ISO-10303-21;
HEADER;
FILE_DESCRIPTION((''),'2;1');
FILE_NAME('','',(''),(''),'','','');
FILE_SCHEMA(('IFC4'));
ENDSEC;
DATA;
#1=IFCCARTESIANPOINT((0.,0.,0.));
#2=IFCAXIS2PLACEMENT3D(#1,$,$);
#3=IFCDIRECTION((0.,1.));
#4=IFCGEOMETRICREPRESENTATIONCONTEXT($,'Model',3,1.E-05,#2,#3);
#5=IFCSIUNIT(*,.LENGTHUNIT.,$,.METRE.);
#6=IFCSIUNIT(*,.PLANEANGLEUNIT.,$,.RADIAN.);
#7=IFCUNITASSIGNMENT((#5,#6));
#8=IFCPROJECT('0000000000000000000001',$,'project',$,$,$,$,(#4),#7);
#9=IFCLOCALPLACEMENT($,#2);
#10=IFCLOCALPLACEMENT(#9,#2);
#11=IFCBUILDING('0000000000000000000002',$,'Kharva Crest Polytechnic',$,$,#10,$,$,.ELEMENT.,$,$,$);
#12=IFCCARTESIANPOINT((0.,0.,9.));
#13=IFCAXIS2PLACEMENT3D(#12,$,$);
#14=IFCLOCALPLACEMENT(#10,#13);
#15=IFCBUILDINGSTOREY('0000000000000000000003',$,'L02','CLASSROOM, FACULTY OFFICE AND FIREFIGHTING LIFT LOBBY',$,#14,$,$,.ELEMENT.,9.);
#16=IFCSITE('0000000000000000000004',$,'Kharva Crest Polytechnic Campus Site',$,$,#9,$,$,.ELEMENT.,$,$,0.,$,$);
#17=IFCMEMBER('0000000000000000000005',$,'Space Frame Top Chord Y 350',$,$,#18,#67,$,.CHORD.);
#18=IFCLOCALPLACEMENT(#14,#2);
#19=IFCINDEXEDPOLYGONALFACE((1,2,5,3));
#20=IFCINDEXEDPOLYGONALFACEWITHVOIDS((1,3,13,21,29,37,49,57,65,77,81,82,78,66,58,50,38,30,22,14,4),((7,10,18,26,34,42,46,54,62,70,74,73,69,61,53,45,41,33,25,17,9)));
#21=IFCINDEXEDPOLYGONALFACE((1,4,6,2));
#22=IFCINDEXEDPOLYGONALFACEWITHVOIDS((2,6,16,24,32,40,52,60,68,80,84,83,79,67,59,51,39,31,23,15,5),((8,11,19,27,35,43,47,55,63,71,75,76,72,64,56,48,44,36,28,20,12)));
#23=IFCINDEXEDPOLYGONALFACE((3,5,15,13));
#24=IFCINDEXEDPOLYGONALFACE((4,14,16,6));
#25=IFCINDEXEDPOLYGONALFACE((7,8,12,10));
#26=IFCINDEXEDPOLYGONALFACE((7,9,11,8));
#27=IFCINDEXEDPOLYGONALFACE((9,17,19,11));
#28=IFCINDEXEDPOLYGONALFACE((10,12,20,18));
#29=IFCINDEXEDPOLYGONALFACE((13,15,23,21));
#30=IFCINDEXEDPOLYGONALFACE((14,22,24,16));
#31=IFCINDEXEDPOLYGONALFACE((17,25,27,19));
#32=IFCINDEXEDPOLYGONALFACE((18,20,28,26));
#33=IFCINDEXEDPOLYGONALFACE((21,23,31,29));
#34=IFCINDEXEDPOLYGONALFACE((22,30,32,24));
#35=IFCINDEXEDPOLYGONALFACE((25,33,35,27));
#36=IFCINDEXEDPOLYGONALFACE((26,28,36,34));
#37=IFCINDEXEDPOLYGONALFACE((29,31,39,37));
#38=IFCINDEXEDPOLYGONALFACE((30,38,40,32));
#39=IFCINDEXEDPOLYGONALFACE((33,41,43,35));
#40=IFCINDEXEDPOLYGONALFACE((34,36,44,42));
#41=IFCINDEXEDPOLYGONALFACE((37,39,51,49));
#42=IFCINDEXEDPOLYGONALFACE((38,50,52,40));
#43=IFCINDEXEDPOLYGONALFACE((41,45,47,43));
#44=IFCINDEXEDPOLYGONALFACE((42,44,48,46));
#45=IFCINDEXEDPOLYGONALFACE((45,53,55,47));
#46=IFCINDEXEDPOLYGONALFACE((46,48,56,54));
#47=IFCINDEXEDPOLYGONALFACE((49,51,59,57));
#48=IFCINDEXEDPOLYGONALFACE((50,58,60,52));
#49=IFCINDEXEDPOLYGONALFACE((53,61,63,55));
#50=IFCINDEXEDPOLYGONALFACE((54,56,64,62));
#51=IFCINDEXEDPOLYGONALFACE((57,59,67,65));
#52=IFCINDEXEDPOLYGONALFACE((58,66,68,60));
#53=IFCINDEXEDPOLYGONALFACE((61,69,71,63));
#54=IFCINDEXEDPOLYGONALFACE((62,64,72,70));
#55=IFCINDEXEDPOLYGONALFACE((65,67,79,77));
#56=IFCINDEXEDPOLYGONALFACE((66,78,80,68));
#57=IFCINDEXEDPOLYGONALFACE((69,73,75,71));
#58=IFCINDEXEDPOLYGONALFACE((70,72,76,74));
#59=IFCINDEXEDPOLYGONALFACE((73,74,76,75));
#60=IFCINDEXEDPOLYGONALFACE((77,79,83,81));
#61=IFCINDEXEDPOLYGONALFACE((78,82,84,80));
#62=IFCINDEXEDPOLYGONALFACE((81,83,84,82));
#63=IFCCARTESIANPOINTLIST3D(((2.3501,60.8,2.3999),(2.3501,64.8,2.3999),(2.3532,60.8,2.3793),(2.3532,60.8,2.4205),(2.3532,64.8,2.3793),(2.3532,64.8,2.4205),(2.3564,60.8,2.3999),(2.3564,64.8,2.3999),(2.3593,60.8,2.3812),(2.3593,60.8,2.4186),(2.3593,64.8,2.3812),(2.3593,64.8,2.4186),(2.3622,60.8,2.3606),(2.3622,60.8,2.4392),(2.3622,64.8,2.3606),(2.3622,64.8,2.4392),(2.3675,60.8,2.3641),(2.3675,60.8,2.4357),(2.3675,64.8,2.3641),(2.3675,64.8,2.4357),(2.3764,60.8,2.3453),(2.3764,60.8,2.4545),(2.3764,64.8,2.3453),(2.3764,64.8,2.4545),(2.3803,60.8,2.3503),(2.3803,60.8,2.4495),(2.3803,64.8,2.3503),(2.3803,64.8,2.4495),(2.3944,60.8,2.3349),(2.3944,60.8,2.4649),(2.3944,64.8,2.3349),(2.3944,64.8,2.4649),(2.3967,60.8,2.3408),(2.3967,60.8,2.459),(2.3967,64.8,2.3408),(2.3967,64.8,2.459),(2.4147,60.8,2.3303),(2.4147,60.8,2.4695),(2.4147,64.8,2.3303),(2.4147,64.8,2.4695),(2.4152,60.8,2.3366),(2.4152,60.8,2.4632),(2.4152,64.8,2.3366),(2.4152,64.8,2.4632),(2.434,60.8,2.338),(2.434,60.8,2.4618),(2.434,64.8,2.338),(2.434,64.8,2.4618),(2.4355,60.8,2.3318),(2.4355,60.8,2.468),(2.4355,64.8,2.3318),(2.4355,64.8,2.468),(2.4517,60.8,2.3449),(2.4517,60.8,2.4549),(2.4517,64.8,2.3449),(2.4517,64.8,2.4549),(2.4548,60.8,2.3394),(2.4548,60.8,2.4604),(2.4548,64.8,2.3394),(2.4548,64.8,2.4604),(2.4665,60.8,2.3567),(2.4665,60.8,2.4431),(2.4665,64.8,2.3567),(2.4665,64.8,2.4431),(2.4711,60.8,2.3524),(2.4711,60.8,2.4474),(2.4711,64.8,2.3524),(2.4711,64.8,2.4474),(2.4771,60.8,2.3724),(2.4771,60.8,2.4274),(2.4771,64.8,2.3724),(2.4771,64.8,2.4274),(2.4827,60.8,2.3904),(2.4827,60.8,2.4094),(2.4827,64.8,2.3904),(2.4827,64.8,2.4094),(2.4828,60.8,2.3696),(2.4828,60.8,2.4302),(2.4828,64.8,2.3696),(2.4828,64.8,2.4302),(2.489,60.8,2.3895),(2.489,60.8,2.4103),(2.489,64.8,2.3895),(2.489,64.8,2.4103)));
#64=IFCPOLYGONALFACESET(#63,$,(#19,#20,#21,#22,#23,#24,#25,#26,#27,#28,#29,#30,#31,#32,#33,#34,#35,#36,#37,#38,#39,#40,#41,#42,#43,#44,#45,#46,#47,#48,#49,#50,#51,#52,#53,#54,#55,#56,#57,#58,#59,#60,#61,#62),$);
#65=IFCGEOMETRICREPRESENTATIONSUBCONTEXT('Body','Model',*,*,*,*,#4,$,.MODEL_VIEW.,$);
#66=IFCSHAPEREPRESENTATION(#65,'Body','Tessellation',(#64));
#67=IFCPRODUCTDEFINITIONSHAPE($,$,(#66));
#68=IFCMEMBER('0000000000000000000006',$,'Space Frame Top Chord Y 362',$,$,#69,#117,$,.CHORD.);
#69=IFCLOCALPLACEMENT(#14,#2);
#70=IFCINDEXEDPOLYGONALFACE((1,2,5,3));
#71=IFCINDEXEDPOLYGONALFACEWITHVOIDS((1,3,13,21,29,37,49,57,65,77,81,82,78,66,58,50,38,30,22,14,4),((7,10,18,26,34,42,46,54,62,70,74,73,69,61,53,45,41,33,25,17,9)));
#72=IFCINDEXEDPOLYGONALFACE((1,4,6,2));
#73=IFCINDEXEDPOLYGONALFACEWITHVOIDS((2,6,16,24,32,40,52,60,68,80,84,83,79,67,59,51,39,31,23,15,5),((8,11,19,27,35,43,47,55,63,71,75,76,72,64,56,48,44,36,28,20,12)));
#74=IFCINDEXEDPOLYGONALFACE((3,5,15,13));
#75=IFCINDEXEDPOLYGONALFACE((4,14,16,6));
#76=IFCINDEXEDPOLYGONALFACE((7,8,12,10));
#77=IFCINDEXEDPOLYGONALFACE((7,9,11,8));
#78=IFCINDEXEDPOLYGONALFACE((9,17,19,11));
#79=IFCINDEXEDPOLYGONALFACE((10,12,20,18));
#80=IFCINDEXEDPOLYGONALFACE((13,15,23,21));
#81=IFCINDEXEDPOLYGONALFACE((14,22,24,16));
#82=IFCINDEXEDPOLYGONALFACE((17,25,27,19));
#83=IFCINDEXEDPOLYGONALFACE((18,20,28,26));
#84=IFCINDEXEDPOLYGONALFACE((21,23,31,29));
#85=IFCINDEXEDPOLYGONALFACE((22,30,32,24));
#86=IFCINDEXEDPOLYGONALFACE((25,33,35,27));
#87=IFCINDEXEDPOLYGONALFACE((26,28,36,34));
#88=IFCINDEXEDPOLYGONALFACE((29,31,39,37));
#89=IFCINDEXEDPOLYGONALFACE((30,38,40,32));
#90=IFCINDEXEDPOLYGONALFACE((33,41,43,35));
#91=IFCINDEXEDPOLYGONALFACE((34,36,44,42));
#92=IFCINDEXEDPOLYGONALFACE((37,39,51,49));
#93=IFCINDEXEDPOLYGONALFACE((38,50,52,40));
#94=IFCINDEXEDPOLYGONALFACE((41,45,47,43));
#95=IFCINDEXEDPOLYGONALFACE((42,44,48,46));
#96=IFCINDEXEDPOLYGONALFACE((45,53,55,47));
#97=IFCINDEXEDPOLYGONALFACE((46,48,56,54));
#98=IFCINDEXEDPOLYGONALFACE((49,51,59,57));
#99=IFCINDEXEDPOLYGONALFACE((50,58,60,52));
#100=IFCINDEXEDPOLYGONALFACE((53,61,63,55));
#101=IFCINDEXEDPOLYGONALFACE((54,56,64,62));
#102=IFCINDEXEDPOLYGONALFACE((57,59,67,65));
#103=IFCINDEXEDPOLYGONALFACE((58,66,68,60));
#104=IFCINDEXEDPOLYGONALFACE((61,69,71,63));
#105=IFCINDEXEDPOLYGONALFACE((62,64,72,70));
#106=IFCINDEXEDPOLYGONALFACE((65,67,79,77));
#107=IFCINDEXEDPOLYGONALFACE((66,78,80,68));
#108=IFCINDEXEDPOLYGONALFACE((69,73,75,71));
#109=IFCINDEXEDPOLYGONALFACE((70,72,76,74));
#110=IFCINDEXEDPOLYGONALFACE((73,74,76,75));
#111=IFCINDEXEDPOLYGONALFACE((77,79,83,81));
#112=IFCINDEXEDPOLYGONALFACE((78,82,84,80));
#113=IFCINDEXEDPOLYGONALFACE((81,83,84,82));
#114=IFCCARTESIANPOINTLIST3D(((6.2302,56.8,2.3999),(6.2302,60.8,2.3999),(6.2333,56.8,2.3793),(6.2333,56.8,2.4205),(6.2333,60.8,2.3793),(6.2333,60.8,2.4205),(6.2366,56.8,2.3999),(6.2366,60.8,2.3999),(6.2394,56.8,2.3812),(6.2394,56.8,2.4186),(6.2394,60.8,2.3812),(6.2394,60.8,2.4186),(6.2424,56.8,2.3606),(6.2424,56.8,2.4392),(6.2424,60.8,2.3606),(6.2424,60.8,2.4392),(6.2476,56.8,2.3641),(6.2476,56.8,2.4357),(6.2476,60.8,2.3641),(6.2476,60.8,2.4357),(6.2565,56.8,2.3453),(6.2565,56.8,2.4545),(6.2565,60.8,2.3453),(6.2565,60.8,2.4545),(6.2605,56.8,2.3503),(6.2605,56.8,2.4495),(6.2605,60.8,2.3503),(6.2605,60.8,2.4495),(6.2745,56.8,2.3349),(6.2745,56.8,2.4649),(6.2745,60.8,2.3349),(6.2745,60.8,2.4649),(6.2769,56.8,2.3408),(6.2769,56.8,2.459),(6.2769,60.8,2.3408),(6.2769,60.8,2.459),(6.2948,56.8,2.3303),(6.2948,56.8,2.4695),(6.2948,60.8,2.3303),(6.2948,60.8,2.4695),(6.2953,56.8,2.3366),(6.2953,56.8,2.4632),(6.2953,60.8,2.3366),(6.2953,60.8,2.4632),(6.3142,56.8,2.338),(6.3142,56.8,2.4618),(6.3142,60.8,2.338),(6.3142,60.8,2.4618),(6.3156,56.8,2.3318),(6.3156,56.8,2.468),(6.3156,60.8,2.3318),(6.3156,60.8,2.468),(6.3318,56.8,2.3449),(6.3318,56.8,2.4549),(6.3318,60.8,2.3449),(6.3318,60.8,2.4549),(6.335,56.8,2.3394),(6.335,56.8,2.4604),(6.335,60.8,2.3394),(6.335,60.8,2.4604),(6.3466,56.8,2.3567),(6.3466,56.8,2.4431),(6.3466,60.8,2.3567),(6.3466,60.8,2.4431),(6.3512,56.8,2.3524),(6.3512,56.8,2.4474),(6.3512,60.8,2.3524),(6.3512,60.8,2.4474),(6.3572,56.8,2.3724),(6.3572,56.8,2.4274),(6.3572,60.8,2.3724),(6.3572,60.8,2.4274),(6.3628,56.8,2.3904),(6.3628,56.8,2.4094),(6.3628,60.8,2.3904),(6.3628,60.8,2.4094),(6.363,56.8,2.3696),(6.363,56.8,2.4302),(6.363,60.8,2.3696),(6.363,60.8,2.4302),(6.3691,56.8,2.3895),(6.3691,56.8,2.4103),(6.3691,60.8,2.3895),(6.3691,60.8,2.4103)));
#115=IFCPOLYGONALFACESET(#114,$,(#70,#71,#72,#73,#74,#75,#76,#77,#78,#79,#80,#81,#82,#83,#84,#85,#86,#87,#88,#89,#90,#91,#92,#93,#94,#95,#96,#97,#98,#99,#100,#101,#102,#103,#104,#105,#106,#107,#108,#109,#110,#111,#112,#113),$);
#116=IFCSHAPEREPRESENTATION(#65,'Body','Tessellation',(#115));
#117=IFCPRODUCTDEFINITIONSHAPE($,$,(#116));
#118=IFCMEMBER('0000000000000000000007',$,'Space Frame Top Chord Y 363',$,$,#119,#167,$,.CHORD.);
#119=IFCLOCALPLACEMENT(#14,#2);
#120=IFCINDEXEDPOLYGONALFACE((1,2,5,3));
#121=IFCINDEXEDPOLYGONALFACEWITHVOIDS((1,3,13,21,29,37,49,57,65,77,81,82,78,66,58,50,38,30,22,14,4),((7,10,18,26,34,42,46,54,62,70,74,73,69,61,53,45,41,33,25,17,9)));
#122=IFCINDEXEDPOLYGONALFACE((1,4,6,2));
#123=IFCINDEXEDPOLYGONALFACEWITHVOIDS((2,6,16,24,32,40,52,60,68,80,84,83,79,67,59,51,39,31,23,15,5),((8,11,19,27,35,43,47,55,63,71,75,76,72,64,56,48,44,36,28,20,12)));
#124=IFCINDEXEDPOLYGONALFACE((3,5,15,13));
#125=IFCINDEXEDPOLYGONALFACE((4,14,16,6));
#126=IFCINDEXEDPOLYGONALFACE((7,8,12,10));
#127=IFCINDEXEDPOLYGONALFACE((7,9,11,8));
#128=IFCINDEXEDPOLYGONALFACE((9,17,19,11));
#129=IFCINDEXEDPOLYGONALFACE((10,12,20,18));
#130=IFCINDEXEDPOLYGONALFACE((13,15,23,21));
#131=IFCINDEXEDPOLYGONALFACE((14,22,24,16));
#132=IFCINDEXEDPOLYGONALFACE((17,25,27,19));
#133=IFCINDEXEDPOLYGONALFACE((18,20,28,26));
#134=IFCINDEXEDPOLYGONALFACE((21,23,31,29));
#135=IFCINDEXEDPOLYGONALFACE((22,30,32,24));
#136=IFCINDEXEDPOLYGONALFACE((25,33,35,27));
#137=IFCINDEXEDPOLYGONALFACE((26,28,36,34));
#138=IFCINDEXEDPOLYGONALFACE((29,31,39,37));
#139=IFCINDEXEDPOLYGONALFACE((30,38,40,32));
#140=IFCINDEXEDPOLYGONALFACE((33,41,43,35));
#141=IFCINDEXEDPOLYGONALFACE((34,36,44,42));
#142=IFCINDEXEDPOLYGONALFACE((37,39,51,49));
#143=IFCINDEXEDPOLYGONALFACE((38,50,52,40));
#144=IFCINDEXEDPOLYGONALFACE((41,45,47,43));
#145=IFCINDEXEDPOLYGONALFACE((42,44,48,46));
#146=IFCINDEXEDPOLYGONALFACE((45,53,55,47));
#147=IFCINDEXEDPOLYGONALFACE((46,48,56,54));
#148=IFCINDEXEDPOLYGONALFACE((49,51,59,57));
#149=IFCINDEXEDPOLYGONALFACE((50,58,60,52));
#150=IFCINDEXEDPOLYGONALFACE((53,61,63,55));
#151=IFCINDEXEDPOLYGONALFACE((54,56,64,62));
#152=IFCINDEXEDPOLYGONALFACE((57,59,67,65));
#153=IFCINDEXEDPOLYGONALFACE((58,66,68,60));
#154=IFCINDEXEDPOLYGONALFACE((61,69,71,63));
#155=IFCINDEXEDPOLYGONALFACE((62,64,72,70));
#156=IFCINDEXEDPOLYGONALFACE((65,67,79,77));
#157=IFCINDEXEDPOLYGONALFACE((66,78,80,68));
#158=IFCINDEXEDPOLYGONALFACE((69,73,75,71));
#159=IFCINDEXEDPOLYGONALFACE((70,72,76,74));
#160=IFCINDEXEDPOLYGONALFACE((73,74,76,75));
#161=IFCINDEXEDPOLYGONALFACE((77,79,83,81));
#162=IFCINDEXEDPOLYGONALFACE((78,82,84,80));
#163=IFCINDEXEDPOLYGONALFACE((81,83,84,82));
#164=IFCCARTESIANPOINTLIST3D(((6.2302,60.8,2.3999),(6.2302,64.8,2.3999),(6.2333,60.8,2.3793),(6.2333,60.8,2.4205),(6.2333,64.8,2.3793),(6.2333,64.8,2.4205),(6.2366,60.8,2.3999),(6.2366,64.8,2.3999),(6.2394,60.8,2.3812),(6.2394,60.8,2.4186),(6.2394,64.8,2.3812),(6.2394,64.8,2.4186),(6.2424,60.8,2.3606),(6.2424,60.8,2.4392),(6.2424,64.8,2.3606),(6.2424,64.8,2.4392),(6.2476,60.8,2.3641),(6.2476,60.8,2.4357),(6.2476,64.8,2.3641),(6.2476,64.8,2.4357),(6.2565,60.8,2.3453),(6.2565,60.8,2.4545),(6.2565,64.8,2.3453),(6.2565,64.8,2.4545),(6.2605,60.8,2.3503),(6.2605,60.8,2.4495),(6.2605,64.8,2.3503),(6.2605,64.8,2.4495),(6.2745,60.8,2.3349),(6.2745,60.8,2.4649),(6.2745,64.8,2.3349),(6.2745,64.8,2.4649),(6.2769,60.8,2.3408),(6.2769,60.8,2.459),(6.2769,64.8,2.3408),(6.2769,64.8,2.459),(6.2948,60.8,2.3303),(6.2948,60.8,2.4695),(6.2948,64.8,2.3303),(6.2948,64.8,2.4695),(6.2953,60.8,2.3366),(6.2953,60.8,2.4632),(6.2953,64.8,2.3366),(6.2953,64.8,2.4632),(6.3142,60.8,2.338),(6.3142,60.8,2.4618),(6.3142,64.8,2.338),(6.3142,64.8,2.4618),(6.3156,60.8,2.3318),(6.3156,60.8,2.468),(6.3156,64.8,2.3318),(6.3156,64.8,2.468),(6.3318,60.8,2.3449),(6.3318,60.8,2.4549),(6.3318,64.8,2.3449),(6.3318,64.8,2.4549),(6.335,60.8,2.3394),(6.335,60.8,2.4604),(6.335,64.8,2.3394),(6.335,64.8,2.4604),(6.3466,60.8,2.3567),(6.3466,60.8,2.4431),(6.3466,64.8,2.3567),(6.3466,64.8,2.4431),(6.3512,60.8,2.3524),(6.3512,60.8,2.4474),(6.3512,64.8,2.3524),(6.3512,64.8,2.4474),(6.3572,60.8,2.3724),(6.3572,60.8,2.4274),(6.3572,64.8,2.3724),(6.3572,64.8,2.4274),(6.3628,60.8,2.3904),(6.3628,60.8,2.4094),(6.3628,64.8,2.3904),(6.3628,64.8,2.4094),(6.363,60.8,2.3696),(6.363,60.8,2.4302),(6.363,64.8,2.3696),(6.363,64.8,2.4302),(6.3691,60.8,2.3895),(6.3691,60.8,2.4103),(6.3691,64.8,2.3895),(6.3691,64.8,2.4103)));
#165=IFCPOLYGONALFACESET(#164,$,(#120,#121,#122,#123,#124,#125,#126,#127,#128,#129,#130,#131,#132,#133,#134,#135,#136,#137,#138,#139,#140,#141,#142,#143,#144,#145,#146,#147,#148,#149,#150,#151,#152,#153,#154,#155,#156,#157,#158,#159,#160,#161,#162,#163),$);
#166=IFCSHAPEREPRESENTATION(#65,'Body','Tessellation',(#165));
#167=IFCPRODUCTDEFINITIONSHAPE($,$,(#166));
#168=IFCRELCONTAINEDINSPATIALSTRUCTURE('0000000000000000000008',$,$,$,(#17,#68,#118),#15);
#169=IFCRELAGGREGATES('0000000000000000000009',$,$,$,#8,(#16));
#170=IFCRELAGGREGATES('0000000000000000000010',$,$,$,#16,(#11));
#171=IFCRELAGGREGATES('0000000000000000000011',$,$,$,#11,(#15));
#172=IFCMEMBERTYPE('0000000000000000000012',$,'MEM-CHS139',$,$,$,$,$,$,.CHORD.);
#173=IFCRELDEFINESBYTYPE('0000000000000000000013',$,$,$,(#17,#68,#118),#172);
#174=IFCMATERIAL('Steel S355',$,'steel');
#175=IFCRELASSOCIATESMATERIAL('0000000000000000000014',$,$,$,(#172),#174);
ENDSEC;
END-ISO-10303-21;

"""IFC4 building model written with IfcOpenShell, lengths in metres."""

from ifc_helpers import new_model, si_unit, direction, frame, origin, origin_2d, place, context, subcontext, project, spatial, hollow_circle, extrude, material, material_profile, profile_set, type_object, element, save


model = new_model("IFC4")

# Units and contexts
model_context = context("Model", 3, precision=1e-05, world=origin(), true_north=direction((0.0, 1.0)))
body_context = subcontext(model_context, "Body", "Model", "MODEL_VIEW")
ifc_project = project(units=[si_unit("LENGTHUNIT", "METRE"), si_unit("PLANEANGLEUNIT", "RADIAN")], contexts=[model_context])

# Site, building, storey
site_placement = place(None, origin())
site = spatial("IfcSite", under=ifc_project, at=site_placement, Name="Kharva Crest Polytechnic Campus Site", CompositionType="ELEMENT", RefElevation=0.0)
building_placement = place(site_placement, origin())
building = spatial("IfcBuilding", under=site, at=building_placement, Name="Kharva Crest Polytechnic", CompositionType="ELEMENT")
storey_placement = place(building_placement, frame((0.0, 0.0, 9.0)))
storey = spatial("IfcBuildingStorey", under=building, at=storey_placement, Name="L02", Description="CLASSROOM, FACULTY OFFICE AND FIREFIGHTING LIFT LOBBY", CompositionType="ELEMENT", Elevation=9.0)

# Shared definitions
ifc_material_1 = material(Name="Steel S355", Category="steel")

# Members
ifc_material_profile_1 = material_profile(ifc_material_1, hollow_circle(Radius=0.0698, WallThickness=0.0063, at=origin_2d()), Name="CHS 139.7X6.3")
ifc_profile_set_1 = profile_set([ifc_material_profile_1], Name="Steel S355")
member_type_1 = type_object("IfcMemberType", Name="MEM-CHS139", PredefinedType="CHORD", material=ifc_profile_set_1)
for number, where, z_axis, x_axis, name in (
    (1, (2.4199, 60.8, 2.3999), (0.0, 1.0, 0.0), (-1.0, 0.0, 0.0), "Space Frame Top Chord Y 350"),
    (2, (6.3, 56.8, 2.3999), (0.0, 1.0, 0.0), (-1.0, 0.0, 0.0), "Space Frame Top Chord Y 362"),
    (3, (6.3, 60.8, 2.3999), (0.0, 1.0, 0.0), (-1.0, 0.0, 0.0), "Space Frame Top Chord Y 363"),
):
    element("IfcMember", number, at=place(storey_placement, frame(where, z_axis=z_axis, x_axis=x_axis)), inside=storey, type_object=member_type_1, Name=name, PredefinedType="CHORD", context=body_context, shape_type="SweptSolid", body=[
        extrude(hollow_circle(Radius=0.0698, WallThickness=0.0063, at=origin_2d()), origin(), (0.0, 0.0, 1.0), 4.0),
    ])

save(model, "model.ifc")
